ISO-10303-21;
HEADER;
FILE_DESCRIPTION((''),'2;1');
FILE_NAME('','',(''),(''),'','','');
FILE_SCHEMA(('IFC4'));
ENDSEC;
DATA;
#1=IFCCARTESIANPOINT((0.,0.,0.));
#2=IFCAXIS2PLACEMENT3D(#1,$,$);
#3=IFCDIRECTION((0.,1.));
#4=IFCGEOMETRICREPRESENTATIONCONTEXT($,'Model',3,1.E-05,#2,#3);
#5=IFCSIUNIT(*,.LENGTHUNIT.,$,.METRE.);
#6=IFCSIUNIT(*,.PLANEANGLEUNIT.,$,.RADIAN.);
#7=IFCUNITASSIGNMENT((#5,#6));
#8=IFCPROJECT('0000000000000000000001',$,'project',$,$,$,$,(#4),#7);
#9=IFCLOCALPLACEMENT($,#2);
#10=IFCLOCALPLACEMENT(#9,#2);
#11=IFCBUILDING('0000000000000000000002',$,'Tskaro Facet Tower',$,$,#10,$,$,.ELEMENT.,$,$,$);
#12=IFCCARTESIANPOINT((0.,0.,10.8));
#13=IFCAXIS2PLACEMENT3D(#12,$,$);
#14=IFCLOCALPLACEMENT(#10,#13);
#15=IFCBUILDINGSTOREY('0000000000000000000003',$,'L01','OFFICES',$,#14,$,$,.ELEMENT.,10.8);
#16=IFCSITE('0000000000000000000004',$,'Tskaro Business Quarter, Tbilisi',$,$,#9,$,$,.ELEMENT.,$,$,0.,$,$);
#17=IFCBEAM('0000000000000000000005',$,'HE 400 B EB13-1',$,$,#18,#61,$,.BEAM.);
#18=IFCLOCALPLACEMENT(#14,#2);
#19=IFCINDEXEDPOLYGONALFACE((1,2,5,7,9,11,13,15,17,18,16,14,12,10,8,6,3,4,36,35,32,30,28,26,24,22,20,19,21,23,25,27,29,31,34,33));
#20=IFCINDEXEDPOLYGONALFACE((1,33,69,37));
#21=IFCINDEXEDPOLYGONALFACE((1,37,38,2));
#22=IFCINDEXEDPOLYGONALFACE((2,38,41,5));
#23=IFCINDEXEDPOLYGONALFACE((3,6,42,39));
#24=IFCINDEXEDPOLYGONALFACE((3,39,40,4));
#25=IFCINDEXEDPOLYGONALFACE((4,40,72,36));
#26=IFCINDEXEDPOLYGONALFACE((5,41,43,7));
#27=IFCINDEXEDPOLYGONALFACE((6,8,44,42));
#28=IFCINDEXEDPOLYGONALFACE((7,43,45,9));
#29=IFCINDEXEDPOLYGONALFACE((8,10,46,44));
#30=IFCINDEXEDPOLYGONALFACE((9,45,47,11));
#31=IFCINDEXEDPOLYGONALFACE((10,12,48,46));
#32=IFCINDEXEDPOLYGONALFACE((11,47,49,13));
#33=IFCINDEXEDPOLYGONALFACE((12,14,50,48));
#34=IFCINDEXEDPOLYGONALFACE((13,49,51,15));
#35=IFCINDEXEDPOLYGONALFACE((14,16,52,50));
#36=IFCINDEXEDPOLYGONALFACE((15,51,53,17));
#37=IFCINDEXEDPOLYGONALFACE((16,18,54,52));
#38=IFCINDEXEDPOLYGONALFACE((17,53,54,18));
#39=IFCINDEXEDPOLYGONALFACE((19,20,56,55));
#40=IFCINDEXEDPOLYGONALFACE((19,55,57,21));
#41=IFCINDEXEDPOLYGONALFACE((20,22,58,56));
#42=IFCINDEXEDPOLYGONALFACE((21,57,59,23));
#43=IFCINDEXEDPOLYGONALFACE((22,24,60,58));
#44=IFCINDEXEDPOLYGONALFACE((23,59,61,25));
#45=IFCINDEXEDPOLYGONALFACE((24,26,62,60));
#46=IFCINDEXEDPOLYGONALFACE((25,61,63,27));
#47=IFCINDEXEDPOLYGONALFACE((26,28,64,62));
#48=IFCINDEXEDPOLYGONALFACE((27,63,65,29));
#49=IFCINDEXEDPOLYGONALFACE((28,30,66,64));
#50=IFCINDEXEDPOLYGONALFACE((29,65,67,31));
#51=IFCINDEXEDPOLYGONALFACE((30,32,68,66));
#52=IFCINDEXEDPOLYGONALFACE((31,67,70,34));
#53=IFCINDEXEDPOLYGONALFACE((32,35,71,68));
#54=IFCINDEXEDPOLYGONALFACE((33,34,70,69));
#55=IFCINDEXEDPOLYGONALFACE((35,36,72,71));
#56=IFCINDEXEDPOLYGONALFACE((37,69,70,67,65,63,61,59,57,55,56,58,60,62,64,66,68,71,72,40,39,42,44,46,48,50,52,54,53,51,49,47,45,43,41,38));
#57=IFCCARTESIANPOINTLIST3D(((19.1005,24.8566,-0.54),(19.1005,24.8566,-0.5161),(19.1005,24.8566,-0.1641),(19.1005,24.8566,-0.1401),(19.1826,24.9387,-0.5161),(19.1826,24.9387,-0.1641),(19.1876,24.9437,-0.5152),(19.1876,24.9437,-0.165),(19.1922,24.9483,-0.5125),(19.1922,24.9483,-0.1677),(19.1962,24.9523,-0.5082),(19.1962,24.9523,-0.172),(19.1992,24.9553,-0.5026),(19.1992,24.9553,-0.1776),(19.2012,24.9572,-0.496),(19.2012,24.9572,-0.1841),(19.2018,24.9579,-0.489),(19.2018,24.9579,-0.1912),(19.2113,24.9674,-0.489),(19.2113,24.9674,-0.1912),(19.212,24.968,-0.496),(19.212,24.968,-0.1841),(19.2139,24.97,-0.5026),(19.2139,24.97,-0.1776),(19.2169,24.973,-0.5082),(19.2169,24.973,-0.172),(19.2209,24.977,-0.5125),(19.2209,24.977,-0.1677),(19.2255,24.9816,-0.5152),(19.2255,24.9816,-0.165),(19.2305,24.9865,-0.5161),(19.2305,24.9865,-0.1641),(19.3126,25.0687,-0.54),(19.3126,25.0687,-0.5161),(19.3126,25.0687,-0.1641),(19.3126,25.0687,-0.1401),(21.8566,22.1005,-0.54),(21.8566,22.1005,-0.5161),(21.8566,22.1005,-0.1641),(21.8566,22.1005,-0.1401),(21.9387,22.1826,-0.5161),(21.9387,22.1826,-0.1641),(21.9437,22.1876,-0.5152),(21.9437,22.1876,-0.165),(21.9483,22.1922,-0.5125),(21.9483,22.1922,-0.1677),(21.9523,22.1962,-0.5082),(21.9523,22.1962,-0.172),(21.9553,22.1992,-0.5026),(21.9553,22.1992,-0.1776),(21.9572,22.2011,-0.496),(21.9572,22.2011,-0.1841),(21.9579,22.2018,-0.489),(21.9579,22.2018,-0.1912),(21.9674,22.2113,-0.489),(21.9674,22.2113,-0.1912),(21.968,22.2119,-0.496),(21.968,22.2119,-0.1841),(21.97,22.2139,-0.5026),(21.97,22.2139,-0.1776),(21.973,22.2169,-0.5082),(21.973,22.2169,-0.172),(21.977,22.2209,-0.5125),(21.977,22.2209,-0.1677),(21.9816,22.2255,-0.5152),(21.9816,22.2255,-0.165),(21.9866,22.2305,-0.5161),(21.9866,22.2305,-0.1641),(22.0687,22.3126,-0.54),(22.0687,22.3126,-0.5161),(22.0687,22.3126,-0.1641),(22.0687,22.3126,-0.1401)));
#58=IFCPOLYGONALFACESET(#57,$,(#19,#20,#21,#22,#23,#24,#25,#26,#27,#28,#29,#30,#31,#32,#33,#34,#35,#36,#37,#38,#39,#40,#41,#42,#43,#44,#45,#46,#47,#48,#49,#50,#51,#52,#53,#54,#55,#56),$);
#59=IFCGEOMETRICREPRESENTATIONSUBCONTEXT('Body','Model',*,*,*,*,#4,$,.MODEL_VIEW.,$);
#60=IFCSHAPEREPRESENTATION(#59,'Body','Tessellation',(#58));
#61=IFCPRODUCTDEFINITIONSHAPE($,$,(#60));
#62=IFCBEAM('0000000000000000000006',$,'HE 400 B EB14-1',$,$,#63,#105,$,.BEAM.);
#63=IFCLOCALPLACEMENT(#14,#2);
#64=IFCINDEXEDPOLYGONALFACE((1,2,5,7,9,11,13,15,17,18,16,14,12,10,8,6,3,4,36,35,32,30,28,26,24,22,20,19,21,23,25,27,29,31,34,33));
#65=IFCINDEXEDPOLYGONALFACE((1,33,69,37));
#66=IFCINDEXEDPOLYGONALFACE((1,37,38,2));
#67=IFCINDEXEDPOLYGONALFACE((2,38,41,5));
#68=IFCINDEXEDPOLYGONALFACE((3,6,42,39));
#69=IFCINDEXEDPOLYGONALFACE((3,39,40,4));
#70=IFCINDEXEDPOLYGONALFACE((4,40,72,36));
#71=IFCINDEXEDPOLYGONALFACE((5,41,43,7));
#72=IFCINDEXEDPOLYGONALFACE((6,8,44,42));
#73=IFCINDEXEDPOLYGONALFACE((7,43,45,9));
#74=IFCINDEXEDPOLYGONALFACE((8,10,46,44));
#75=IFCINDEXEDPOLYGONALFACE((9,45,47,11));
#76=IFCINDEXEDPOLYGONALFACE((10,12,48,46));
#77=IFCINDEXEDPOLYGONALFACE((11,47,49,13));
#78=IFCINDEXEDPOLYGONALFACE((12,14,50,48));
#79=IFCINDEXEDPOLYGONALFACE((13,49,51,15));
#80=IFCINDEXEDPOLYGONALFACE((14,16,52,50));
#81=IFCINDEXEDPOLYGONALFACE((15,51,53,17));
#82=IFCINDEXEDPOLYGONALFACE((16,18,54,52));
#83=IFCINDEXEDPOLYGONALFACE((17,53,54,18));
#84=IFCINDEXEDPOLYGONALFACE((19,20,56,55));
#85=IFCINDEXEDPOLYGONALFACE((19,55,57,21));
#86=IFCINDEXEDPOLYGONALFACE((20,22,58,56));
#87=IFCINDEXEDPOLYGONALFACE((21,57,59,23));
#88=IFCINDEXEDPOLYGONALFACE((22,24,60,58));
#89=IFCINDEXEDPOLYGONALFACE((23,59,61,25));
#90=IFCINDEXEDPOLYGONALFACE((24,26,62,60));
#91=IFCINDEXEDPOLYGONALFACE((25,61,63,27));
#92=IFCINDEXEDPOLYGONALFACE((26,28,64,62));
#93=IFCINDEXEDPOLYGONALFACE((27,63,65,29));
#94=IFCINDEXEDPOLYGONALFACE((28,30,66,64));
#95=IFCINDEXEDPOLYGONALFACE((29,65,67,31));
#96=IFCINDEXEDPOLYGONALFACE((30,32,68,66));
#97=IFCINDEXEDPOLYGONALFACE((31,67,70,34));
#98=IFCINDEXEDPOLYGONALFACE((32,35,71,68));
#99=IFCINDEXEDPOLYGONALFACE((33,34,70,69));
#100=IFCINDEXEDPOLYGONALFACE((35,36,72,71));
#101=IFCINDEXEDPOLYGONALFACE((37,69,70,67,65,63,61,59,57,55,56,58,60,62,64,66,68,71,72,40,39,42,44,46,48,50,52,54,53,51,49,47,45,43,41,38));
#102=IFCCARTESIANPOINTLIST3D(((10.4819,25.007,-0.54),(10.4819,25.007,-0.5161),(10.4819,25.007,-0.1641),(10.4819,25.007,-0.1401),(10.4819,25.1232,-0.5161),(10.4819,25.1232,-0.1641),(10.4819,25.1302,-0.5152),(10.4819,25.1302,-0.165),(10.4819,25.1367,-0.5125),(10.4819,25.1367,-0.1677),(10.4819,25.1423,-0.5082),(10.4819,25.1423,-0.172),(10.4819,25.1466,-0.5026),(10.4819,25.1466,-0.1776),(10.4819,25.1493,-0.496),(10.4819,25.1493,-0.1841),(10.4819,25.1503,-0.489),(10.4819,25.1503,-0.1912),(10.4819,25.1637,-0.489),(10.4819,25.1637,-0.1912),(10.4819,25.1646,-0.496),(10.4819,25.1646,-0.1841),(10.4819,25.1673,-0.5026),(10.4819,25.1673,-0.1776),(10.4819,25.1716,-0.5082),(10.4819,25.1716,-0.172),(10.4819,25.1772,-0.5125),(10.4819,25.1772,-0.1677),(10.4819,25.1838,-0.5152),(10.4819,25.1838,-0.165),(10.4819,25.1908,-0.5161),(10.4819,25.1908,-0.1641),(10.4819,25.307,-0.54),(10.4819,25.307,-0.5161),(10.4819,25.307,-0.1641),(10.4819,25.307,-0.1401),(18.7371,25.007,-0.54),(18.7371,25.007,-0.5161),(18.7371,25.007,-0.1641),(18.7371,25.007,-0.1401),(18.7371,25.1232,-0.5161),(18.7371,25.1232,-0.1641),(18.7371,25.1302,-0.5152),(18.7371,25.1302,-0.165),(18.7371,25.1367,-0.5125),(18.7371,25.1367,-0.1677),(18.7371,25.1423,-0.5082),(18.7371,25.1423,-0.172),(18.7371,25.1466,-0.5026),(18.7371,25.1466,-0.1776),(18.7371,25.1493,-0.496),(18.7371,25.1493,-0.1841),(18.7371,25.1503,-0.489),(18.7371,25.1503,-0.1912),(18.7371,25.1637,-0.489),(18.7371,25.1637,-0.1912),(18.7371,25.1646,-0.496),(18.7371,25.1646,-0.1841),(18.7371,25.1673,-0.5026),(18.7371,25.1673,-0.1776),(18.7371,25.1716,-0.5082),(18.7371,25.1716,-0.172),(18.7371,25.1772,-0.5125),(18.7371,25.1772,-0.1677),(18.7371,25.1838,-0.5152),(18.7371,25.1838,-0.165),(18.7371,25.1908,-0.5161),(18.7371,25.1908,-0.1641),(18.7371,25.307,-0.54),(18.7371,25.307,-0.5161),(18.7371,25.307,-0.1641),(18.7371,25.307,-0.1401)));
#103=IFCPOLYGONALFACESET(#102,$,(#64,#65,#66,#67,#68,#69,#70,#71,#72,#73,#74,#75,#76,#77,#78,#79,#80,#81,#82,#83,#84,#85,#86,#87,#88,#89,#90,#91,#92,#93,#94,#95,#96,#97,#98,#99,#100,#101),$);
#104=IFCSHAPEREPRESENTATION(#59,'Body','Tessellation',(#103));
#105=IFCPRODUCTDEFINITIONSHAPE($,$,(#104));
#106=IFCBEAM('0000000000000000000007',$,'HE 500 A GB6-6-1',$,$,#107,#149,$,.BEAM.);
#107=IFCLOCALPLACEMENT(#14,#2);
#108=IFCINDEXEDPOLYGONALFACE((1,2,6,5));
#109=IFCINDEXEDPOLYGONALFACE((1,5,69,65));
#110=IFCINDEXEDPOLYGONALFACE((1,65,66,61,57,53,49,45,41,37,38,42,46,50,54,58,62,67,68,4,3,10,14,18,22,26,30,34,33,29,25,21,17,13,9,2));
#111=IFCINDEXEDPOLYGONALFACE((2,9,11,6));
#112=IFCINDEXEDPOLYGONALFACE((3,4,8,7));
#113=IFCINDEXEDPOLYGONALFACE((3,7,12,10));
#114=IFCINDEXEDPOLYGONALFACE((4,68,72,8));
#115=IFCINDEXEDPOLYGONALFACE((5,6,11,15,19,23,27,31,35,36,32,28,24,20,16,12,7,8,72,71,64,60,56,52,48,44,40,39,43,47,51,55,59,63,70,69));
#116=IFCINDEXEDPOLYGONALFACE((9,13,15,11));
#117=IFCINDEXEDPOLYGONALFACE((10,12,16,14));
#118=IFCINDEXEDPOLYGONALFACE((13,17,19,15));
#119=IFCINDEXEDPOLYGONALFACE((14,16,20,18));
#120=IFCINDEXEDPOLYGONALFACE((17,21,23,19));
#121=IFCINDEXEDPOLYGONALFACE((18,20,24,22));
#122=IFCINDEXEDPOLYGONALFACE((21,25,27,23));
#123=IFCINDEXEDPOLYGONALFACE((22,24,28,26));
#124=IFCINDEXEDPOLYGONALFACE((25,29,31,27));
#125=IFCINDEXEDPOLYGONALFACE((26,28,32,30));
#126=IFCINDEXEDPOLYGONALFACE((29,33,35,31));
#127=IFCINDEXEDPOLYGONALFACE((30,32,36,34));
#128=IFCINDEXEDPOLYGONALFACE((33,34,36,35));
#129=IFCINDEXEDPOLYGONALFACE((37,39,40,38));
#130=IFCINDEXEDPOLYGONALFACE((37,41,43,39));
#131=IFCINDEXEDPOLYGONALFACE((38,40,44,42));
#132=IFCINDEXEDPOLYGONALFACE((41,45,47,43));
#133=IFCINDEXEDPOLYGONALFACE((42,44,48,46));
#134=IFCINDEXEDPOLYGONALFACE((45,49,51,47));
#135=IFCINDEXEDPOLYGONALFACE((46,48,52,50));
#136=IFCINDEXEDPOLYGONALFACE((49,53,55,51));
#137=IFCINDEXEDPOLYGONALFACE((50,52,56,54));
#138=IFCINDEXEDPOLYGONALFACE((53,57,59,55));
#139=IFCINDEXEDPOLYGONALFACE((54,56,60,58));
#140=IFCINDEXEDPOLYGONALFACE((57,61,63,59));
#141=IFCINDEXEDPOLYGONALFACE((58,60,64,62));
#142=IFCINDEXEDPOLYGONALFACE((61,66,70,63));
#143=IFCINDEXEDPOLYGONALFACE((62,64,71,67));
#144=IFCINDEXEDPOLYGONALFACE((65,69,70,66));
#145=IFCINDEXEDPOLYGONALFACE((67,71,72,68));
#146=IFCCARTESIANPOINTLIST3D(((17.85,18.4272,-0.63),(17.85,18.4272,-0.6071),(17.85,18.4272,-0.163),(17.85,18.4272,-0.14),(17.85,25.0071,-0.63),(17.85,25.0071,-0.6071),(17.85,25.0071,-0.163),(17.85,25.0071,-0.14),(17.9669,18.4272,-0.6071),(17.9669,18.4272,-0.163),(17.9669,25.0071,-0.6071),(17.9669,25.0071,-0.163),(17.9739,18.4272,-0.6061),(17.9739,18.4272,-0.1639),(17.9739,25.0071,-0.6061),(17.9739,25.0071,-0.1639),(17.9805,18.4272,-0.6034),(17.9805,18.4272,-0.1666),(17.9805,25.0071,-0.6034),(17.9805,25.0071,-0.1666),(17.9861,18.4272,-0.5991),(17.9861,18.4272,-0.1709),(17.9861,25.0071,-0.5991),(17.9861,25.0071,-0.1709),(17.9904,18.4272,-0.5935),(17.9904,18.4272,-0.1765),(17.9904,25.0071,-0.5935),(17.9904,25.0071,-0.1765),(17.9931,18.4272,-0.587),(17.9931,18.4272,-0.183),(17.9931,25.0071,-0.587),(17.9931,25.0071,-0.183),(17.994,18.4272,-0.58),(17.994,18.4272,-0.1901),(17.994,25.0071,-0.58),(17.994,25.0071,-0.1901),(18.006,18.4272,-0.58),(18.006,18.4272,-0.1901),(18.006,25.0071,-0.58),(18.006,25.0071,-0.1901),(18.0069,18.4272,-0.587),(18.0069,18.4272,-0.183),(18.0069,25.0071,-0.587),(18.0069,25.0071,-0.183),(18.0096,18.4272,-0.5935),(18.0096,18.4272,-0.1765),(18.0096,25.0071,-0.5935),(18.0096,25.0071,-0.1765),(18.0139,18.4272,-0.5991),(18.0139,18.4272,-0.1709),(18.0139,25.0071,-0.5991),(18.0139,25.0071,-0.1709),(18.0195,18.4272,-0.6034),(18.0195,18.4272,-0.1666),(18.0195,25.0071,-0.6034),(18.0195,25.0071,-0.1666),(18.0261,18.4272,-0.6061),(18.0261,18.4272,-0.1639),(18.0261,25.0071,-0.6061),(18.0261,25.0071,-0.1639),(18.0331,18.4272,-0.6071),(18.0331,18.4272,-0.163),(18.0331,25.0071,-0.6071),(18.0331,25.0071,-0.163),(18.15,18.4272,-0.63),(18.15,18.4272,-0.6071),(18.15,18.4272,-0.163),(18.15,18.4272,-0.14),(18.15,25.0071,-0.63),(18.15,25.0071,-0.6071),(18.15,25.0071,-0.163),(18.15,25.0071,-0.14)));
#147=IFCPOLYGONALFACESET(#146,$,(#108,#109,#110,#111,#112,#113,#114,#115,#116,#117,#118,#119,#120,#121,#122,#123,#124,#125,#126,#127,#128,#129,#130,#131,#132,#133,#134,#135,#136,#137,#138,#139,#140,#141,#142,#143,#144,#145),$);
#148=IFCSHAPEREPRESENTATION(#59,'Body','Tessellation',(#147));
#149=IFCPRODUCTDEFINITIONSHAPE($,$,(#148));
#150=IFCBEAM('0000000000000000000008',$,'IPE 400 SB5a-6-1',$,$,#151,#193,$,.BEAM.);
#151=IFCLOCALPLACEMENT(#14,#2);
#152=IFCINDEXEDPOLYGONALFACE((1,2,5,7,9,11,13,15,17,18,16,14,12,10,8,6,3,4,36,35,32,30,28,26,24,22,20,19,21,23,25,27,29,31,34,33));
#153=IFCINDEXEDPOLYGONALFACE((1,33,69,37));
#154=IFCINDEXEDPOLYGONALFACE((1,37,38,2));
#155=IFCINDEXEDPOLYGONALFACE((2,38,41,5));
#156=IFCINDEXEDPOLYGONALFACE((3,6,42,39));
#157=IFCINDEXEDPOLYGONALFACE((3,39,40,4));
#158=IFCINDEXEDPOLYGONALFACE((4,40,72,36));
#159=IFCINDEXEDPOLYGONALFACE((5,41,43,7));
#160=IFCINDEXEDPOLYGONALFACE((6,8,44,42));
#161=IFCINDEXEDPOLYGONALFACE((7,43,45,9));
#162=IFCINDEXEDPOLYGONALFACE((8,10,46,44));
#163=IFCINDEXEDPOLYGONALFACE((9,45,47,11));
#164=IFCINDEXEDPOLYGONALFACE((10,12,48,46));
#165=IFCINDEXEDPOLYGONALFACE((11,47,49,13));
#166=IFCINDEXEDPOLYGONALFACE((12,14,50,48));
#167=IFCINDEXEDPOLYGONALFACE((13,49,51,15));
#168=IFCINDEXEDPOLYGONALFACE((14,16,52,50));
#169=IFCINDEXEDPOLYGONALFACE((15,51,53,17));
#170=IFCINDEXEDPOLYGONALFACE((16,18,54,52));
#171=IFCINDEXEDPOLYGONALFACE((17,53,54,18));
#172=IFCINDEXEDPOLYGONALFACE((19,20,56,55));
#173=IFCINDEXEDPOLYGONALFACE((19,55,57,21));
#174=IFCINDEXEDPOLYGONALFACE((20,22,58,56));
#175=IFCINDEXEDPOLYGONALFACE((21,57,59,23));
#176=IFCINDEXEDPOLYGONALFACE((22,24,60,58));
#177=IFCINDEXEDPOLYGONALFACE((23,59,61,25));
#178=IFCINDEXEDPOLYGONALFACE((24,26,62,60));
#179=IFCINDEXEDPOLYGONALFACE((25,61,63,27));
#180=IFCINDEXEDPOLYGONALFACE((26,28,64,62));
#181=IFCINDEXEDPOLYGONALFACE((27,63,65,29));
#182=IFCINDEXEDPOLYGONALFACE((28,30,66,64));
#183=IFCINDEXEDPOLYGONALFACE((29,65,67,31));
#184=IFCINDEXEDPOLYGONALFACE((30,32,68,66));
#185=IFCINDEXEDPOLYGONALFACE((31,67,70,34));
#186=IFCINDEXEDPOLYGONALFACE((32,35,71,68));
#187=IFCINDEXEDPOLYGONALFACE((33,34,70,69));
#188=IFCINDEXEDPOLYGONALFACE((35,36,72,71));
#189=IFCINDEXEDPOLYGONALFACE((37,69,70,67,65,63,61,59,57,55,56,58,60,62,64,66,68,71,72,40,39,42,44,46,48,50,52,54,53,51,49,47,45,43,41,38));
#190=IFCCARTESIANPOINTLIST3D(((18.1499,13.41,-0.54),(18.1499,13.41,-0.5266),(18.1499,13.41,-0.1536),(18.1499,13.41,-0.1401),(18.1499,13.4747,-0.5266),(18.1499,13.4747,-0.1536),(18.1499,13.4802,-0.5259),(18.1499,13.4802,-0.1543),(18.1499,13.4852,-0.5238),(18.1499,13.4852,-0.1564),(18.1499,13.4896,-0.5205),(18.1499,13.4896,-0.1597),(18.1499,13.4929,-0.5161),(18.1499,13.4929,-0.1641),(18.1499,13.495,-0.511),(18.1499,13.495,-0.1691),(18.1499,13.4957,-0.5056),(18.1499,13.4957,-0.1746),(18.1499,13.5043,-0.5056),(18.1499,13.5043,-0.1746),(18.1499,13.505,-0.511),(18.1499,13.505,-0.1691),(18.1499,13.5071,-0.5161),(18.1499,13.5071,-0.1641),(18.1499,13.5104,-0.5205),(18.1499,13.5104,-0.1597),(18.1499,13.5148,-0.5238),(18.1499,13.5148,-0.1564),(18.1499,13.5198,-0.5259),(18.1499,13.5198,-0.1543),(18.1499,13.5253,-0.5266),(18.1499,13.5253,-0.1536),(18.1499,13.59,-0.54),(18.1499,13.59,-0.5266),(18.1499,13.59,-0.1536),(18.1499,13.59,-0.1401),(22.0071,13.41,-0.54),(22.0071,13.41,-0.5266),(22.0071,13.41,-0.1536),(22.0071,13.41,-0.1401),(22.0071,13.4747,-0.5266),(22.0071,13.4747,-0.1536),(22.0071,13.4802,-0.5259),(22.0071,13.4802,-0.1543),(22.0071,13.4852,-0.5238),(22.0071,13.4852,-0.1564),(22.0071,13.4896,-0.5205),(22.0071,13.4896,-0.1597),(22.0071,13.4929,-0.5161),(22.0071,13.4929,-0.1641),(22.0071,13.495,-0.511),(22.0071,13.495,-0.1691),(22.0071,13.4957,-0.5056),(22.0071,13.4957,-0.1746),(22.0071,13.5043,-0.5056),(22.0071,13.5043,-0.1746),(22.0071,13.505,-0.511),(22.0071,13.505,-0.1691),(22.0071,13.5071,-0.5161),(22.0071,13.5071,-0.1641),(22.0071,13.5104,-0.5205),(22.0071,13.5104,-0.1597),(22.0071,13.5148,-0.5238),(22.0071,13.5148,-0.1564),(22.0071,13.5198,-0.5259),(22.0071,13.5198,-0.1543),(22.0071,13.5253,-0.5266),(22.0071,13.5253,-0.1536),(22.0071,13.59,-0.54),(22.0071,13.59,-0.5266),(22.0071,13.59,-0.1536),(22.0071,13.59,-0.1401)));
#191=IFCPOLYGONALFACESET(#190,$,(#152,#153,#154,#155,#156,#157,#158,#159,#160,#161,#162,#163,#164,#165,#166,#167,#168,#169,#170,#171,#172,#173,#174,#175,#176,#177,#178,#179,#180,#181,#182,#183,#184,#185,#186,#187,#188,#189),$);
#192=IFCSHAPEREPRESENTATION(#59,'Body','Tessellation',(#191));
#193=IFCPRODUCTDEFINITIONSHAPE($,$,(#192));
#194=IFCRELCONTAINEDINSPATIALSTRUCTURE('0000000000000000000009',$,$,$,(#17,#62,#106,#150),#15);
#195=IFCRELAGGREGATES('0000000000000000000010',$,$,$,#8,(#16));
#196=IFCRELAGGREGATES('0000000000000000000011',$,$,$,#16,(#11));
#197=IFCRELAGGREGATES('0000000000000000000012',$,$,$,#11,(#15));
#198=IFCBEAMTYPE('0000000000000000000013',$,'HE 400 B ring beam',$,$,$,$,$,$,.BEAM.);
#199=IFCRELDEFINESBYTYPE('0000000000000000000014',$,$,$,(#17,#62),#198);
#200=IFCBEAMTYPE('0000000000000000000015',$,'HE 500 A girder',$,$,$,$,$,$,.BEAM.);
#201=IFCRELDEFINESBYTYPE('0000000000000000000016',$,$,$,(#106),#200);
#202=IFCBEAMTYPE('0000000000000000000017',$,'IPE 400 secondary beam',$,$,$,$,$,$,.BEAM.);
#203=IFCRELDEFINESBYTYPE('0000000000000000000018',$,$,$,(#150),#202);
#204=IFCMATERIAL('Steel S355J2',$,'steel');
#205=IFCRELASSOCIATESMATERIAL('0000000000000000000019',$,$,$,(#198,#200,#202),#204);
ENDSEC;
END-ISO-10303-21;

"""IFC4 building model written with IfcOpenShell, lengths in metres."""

from ifc_helpers import new_model, si_unit, direction, frame, origin, origin_2d, place, context, subcontext, project, spatial, i_section, extrude, material, material_profile, profile_set, type_object, element, save


model = new_model("IFC4")

# Units and contexts
model_context = context("Model", 3, precision=1e-05, world=origin(), true_north=direction((0.0, 1.0)))
body_context = subcontext(model_context, "Body", "Model", "MODEL_VIEW")
ifc_project = project(units=[si_unit("LENGTHUNIT", "METRE"), si_unit("PLANEANGLEUNIT", "RADIAN")], contexts=[model_context])

# Site, building, storey
site_placement = place(None, origin())
site = spatial("IfcSite", under=ifc_project, at=site_placement, Name="Tskaro Business Quarter, Tbilisi", CompositionType="ELEMENT", RefElevation=0.0)
building_placement = place(site_placement, origin())
building = spatial("IfcBuilding", under=site, at=building_placement, Name="Tskaro Facet Tower", CompositionType="ELEMENT")
storey_placement = place(building_placement, frame((0.0, 0.0, 10.8)))
storey = spatial("IfcBuildingStorey", under=building, at=storey_placement, Name="L01", Description="OFFICES", CompositionType="ELEMENT", Elevation=10.8)

# Beams
ifc_material_1 = material(Name="Steel S355J2", Category="steel")
ifc_material_profile_1 = material_profile(ifc_material_1, i_section(OverallWidth=0.3, OverallDepth=0.3999, WebThickness=0.0134, FlangeThickness=0.0239, FilletRadius=0.0271, at=origin_2d()), Name="HE 400 B")
ifc_profile_set_1 = profile_set([ifc_material_profile_1], Name="Steel S355J2")
beam_type_1 = type_object("IfcBeamType", Name="HE 400 B ring beam", PredefinedType="BEAM", material=ifc_profile_set_1)
beam_1_placement = place(storey_placement, frame((21.9626, 22.2065, -0.3401), z_axis=(-0.707107, 0.707107, 0.0), x_axis=(-0.707107, -0.707107, 0.0)))
element("IfcBeam", 1, at=beam_1_placement, inside=storey, type_object=beam_type_1, Name="HE 400 B EB13-1", PredefinedType="BEAM", context=body_context, shape_type="SweptSolid", body=[
    extrude(i_section(OverallWidth=0.3, OverallDepth=0.3999, WebThickness=0.0134, FlangeThickness=0.0239, FilletRadius=0.0271, at=origin_2d()), origin(), (0.0, 0.0, 1.0), 3.8977),
])
beam_2_placement = place(storey_placement, frame((18.7371, 25.157, -0.3401), z_axis=(-1.0, 0.0, 0.0), x_axis=(0.0, -1.0, 0.0)))
element("IfcBeam", 2, at=beam_2_placement, inside=storey, type_object=beam_type_1, Name="HE 400 B EB14-1", PredefinedType="BEAM", context=body_context, shape_type="SweptSolid", body=[
    extrude(i_section(OverallWidth=0.3, OverallDepth=0.3999, WebThickness=0.0134, FlangeThickness=0.0239, FilletRadius=0.0271, at=origin_2d()), origin(), (0.0, 0.0, 1.0), 8.2551),
])
ifc_material_profile_2 = material_profile(ifc_material_1, i_section(OverallWidth=0.3, OverallDepth=0.49, WebThickness=0.012, FlangeThickness=0.0229, FilletRadius=0.0271, at=origin_2d()), Name="HE 500 A")
ifc_profile_set_2 = profile_set([ifc_material_profile_2], Name="Steel S355J2")
beam_type_2 = type_object("IfcBeamType", Name="HE 500 A girder", PredefinedType="BEAM", material=ifc_profile_set_2)
beam_3_placement = place(storey_placement, frame((18.0, 18.4272, -0.385), z_axis=(0.0, 1.0, 0.0), x_axis=(-1.0, 0.0, 0.0)))
element("IfcBeam", 3, at=beam_3_placement, inside=storey, type_object=beam_type_2, Name="HE 500 A GB6-6-1", PredefinedType="BEAM", context=body_context, shape_type="SweptSolid", body=[
    extrude(i_section(OverallWidth=0.3, OverallDepth=0.49, WebThickness=0.012, FlangeThickness=0.0229, FilletRadius=0.0271, at=origin_2d()), origin(), (0.0, 0.0, 1.0), 6.5798),
])
ifc_material_profile_3 = material_profile(ifc_material_1, i_section(OverallWidth=0.1799, OverallDepth=0.3999, WebThickness=0.0085, FlangeThickness=0.0134, FilletRadius=0.021, at=origin_2d()), Name="IPE 400")
ifc_profile_set_3 = profile_set([ifc_material_profile_3], Name="Steel S355J2")
beam_type_3 = type_object("IfcBeamType", Name="IPE 400 secondary beam", PredefinedType="BEAM", material=ifc_profile_set_3)
beam_4_placement = place(storey_placement, frame((18.1499, 13.5, -0.3401), z_axis=(1.0, 0.0, 0.0), x_axis=(0.0, 1.0, 0.0)))
element("IfcBeam", 4, at=beam_4_placement, inside=storey, type_object=beam_type_3, Name="IPE 400 SB5a-6-1", PredefinedType="BEAM", context=body_context, shape_type="SweptSolid", body=[
    extrude(i_section(OverallWidth=0.1799, OverallDepth=0.3999, WebThickness=0.0085, FlangeThickness=0.0134, FilletRadius=0.021, at=origin_2d()), origin(), (0.0, 0.0, 1.0), 3.8572),
])

save(model, "model.ifc")
